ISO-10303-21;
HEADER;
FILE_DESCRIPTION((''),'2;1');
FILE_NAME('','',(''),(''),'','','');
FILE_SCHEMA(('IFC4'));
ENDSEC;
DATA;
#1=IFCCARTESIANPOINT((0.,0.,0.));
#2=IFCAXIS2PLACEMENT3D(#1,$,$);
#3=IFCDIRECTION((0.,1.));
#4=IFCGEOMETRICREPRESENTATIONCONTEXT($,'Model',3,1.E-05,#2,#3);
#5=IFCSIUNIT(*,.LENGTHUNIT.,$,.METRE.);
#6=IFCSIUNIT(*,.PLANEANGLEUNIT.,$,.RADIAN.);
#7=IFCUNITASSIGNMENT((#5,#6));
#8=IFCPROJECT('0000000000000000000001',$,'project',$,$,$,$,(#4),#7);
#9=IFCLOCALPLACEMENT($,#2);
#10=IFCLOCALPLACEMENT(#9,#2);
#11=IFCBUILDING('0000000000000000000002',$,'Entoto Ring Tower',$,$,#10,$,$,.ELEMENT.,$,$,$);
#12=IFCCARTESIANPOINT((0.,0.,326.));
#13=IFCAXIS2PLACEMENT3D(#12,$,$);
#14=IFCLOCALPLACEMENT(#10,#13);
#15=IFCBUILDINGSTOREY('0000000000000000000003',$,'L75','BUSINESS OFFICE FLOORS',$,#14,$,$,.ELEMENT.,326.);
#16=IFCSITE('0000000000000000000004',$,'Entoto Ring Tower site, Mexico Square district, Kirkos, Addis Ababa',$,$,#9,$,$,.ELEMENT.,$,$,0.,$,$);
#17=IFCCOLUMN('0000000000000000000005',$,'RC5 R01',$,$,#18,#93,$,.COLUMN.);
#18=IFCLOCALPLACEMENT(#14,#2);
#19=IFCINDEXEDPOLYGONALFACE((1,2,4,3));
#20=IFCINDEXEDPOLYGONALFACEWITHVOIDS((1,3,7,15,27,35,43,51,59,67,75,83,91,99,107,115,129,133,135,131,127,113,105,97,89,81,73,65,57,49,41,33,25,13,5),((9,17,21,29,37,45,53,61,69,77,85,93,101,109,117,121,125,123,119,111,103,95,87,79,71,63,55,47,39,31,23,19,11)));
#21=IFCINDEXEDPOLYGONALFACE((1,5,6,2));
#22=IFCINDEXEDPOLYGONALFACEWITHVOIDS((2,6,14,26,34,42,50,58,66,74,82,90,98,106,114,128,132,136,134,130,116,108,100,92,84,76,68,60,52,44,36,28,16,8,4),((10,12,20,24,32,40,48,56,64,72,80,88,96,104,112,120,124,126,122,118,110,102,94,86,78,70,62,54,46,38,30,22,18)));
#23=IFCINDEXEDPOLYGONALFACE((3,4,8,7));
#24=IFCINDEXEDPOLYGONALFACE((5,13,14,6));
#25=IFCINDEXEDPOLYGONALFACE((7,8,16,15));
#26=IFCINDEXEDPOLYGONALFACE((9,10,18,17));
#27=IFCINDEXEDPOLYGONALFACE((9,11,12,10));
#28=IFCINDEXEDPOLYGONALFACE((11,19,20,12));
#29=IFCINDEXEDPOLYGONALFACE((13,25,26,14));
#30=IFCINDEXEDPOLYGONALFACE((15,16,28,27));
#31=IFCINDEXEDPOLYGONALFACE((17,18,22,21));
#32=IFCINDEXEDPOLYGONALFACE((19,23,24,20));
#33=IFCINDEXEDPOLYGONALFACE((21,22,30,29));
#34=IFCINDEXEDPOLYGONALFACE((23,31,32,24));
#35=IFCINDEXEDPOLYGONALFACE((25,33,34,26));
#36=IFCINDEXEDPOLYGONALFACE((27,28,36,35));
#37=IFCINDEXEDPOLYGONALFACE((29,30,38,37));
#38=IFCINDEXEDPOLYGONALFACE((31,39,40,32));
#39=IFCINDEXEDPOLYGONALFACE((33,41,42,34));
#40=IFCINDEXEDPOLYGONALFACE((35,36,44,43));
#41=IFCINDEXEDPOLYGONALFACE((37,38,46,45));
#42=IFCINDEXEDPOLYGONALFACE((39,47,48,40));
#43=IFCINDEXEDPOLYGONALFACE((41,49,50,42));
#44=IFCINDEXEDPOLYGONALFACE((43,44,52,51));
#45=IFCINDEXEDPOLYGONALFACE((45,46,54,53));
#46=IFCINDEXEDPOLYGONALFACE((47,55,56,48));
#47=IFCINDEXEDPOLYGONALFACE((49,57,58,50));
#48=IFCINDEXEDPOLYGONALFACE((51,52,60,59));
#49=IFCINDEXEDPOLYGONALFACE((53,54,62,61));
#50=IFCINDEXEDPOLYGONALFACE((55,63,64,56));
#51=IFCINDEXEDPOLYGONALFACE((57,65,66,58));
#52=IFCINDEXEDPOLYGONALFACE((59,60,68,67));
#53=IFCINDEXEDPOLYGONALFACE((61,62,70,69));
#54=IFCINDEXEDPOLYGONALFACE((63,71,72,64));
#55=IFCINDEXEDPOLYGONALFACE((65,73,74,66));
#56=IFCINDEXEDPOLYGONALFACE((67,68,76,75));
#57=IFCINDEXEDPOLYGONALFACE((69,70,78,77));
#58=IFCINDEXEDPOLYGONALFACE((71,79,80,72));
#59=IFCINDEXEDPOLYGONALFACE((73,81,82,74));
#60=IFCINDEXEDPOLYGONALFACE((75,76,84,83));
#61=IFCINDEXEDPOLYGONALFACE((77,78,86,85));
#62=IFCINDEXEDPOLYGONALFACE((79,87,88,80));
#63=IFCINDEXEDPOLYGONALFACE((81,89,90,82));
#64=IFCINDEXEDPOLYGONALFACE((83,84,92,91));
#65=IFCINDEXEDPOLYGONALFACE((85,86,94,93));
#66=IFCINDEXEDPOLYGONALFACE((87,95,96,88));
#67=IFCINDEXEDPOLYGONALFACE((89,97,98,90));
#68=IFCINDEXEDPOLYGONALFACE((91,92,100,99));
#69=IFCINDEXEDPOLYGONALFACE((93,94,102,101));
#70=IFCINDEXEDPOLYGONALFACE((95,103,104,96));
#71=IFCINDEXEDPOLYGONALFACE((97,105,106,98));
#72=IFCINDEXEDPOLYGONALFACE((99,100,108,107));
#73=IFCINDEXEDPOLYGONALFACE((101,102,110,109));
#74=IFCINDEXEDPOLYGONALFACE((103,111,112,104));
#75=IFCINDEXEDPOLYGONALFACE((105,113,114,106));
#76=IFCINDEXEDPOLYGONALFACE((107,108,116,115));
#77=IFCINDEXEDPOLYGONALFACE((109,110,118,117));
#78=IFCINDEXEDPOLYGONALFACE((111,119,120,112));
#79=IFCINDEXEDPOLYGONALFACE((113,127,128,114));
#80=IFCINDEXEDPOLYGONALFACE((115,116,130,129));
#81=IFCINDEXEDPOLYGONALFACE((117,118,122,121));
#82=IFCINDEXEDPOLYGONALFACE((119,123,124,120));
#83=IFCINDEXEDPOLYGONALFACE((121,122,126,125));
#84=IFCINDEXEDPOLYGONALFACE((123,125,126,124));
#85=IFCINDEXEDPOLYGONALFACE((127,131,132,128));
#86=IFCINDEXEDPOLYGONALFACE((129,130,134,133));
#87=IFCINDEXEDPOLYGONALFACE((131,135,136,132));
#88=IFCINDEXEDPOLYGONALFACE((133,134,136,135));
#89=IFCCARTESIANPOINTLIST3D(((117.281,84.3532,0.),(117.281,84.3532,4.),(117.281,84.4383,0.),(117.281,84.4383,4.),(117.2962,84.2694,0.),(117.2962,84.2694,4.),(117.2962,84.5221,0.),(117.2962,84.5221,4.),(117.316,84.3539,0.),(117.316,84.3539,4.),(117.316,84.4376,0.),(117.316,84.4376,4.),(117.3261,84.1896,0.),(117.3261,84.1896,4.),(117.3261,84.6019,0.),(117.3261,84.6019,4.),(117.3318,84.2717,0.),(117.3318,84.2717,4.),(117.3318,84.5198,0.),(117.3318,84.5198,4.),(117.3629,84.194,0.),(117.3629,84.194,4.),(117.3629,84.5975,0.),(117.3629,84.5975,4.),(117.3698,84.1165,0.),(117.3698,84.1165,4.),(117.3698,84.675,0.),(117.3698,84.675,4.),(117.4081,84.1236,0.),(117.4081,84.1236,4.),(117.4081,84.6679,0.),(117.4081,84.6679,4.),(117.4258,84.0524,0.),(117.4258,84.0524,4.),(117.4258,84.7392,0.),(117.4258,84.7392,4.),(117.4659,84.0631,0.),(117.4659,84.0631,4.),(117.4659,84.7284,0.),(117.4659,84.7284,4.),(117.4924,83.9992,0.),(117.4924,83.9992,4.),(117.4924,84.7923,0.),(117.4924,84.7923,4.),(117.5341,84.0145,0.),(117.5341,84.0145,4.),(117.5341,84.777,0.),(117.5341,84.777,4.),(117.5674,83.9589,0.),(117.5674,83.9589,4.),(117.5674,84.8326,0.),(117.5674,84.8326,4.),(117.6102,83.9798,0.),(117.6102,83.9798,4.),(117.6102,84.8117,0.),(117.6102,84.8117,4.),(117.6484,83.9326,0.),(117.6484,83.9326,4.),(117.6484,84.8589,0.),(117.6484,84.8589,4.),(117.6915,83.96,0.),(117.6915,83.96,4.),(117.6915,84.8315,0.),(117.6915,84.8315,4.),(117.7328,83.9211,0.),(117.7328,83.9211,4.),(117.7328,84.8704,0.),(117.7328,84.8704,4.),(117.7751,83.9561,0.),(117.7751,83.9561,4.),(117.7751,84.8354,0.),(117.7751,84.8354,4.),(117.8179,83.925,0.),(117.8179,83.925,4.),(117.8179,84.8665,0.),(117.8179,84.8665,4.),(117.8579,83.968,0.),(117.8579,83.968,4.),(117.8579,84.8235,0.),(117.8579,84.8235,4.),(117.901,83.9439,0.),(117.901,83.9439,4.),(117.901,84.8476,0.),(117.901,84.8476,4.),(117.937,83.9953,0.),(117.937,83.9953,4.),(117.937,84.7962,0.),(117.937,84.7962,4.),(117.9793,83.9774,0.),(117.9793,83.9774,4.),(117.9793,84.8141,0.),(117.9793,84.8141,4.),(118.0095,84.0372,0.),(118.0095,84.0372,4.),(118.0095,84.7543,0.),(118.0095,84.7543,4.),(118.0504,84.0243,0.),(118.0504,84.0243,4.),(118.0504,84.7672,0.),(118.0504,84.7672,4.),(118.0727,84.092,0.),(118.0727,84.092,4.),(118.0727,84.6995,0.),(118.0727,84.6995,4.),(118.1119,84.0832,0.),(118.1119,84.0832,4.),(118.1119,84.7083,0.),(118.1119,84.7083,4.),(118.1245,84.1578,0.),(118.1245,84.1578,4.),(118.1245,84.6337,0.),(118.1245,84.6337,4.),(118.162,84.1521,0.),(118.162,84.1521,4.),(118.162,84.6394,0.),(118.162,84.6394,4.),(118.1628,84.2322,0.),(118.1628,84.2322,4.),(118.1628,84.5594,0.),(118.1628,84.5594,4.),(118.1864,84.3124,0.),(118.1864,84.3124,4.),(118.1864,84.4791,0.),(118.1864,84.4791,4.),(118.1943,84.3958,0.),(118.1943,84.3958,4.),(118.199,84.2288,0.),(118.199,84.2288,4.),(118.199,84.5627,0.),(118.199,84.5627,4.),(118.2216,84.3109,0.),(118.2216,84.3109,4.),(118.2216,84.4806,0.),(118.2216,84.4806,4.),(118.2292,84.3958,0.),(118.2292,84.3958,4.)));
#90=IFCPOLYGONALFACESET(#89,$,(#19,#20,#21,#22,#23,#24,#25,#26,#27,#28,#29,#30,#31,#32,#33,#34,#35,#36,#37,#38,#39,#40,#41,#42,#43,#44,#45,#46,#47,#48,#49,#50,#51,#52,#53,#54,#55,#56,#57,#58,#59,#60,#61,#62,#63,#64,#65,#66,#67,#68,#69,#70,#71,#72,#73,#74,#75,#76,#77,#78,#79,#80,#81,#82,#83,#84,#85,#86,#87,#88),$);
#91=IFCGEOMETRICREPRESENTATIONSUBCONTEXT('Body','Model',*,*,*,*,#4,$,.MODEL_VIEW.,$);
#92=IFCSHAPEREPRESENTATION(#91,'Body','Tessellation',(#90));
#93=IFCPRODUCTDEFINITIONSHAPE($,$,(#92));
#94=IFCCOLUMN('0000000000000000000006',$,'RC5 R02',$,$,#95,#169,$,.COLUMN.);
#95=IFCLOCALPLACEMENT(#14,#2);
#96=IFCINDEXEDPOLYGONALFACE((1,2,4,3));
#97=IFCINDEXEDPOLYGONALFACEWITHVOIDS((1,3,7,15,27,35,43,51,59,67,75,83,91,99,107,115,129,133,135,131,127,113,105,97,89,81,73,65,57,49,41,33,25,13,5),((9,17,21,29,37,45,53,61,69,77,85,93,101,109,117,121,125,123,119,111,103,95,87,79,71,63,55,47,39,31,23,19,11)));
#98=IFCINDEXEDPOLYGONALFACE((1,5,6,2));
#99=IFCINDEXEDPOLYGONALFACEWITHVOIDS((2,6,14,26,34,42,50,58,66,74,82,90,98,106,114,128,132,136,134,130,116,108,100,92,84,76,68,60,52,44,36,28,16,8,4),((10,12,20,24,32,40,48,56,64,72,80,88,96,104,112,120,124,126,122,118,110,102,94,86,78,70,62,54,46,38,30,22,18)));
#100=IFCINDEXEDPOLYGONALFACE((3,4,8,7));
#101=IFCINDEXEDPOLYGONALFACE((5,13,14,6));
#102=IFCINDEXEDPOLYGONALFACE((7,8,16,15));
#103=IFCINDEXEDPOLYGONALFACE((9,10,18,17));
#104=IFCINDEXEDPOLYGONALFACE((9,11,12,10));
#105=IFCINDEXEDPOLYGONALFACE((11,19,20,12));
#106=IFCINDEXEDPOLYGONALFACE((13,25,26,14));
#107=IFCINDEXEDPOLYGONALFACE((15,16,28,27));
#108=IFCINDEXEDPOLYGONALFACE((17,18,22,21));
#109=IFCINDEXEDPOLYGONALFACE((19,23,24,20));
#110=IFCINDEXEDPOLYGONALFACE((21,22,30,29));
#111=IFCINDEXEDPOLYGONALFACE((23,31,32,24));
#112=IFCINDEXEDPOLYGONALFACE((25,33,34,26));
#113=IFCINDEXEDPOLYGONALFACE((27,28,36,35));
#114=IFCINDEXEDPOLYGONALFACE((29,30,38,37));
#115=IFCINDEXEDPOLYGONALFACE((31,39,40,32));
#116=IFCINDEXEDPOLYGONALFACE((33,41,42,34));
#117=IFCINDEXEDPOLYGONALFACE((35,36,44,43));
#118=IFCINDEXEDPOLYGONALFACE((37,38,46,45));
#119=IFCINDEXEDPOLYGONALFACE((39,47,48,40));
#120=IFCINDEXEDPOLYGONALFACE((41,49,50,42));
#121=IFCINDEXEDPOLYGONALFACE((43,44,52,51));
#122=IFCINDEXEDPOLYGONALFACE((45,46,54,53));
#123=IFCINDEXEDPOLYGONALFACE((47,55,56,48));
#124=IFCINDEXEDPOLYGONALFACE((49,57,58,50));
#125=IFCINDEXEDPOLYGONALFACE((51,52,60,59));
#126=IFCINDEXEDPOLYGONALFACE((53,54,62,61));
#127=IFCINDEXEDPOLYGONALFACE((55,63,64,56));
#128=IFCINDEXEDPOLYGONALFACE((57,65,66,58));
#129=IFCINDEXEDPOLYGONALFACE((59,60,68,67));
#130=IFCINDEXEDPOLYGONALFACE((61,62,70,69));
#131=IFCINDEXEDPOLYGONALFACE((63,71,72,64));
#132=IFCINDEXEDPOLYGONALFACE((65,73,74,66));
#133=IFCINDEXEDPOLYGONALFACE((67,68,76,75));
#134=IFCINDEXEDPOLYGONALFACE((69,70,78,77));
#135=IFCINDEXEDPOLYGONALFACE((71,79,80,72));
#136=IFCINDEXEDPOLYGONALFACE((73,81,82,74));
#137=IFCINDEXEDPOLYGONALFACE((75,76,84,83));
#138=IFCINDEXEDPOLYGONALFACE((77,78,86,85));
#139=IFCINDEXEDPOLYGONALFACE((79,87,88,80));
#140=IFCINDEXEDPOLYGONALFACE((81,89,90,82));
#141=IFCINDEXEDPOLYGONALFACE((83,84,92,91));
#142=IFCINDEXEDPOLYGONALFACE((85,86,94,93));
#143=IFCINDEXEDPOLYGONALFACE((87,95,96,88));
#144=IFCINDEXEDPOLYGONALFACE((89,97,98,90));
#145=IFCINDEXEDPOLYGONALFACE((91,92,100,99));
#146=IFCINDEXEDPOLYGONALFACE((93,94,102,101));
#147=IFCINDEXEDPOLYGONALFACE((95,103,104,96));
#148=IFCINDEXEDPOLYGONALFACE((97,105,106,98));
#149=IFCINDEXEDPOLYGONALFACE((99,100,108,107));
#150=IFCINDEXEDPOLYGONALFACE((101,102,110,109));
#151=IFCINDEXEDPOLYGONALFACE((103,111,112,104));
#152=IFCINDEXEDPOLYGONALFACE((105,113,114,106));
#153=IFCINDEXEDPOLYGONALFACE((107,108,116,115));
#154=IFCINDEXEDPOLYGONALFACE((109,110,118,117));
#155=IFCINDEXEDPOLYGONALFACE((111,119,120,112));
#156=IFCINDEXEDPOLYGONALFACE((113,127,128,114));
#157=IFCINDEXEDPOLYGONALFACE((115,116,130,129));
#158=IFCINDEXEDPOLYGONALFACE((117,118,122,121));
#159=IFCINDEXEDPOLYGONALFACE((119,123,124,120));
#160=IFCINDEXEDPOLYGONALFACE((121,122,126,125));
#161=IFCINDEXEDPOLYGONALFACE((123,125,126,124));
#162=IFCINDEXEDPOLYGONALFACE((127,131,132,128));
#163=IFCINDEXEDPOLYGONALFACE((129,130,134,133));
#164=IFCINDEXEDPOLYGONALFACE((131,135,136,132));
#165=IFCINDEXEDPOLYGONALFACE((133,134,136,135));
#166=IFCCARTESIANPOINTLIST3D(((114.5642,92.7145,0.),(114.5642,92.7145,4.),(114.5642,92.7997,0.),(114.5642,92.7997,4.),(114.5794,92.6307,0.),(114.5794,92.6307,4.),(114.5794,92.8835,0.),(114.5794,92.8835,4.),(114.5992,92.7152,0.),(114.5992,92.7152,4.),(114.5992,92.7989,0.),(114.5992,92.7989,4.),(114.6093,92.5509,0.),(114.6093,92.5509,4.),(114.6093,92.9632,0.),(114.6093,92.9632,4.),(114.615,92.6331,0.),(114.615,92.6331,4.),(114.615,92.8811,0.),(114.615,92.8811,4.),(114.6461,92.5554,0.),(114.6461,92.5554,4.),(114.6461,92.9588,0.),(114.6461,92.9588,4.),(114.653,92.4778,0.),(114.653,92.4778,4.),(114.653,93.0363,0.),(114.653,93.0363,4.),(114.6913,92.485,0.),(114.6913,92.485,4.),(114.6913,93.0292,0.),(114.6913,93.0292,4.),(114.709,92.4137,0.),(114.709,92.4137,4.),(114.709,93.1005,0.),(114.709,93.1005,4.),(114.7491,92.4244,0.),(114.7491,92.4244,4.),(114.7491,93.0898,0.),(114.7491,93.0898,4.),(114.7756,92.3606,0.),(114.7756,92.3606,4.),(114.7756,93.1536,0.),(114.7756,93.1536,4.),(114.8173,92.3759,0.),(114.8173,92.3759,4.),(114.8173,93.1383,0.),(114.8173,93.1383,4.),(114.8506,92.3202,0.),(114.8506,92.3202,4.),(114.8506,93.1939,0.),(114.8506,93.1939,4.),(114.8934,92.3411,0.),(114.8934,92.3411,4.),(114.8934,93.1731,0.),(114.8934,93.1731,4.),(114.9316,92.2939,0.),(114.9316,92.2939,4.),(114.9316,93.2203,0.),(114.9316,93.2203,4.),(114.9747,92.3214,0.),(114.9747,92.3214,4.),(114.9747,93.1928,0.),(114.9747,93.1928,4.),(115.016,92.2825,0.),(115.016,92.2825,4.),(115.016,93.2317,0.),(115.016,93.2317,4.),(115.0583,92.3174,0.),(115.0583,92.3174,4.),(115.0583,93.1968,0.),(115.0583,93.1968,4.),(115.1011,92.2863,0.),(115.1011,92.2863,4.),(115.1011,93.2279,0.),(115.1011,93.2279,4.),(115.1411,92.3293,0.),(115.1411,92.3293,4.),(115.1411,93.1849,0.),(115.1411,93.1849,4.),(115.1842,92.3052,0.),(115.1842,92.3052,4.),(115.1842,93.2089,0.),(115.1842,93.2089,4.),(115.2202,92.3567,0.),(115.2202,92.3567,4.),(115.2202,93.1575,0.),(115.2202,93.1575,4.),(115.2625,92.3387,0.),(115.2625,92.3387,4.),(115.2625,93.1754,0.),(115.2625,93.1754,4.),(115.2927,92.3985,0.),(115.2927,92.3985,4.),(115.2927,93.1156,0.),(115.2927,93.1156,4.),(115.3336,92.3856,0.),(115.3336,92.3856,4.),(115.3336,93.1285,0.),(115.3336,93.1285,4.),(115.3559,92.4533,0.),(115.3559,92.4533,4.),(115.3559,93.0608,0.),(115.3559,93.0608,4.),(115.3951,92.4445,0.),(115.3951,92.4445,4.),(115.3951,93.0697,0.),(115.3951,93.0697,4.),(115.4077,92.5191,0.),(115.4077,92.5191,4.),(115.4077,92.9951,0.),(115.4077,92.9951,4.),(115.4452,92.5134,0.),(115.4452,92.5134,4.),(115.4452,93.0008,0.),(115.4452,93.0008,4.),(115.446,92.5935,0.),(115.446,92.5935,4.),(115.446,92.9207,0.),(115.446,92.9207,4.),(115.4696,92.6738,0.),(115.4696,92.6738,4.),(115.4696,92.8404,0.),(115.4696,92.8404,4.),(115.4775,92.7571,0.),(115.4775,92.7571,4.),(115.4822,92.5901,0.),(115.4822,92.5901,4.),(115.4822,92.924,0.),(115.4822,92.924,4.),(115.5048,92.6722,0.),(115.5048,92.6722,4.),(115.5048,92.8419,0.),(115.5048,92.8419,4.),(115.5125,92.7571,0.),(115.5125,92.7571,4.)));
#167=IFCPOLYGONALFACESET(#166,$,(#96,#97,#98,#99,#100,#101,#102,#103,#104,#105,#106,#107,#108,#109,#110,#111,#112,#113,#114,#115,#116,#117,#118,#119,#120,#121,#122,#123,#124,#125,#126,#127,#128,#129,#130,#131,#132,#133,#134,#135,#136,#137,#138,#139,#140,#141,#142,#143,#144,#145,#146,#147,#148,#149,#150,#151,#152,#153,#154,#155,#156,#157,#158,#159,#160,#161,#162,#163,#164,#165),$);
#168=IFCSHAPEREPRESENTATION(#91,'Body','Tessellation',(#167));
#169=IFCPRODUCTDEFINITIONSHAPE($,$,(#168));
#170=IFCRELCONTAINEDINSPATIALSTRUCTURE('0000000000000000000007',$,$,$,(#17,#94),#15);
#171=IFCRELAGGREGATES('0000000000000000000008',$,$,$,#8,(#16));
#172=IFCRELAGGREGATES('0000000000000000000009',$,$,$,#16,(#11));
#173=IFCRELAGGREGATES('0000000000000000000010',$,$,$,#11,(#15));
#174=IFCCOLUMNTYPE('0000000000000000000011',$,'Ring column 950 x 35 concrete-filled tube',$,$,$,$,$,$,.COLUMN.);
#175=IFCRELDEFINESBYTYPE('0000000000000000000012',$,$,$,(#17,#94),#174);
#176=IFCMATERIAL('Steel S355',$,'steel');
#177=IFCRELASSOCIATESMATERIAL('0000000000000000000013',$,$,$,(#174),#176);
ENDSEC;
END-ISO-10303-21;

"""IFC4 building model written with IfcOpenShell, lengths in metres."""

from ifc_helpers import new_model, si_unit, direction, frame, origin, origin_2d, place, context, subcontext, project, spatial, circle, hollow_circle, extrude, material, material_profile, profile_set, type_object, element, save


model = new_model("IFC4")

# Units and contexts
model_context = context("Model", 3, precision=1e-05, world=origin(), true_north=direction((0.0, 1.0)))
body_context = subcontext(model_context, "Body", "Model", "MODEL_VIEW")
ifc_project = project(units=[si_unit("LENGTHUNIT", "METRE"), si_unit("PLANEANGLEUNIT", "RADIAN")], contexts=[model_context])

# Site, building, storey
site_placement = place(None, origin())
site = spatial("IfcSite", under=ifc_project, at=site_placement, Name="Entoto Ring Tower site, Mexico Square district, Kirkos, Addis Ababa", CompositionType="ELEMENT", RefElevation=0.0)
building_placement = place(site_placement, origin())
building = spatial("IfcBuilding", under=site, at=building_placement, Name="Entoto Ring Tower", CompositionType="ELEMENT")
storey_placement = place(building_placement, frame((0.0, 0.0, 326.0)))
storey = spatial("IfcBuildingStorey", under=building, at=storey_placement, Name="L75", Description="BUSINESS OFFICE FLOORS", CompositionType="ELEMENT", Elevation=326.0)

# Columns
ifc_material_1 = material(Name="Steel S355", Category="steel")
ifc_material_profile_1 = material_profile(ifc_material_1, hollow_circle(Radius=0.4751, WallThickness=0.0349, at=origin_2d()), Name="CHS 950 x 35")
ifc_material_2 = material(Name="Concrete C60/75", Category="concrete")
ifc_material_profile_2 = material_profile(ifc_material_2, circle(Radius=0.4399, at=origin_2d()), Name="Concrete C60/75 infill")
ifc_profile_set_1 = profile_set([ifc_material_profile_1, ifc_material_profile_2], Name="Steel S355")
column_type = type_object("IfcColumnType", Name="Ring column 950 x 35 concrete-filled tube", PredefinedType="COLUMN", material=ifc_profile_set_1)
for number, where, z_axis, x_axis, name in (
    (1, (117.7542, 84.3958, 0.0), (0.0, 0.0, 1.0), (1.0, 0.0, 0.0), "RC5 R01"),
    (2, (115.0374, 92.7571, 0.0), (0.0, 0.0, 1.0), (1.0, 0.0, 0.0), "RC5 R02"),
):
    element("IfcColumn", number, at=place(storey_placement, frame(where, z_axis=z_axis, x_axis=x_axis)), inside=storey, type_object=column_type, Name=name, PredefinedType="COLUMN", context=body_context, shape_type="SweptSolid", body=[
        extrude(hollow_circle(Radius=0.4751, WallThickness=0.0349, at=origin_2d()), origin(), (0.0, 0.0, 1.0), 4.0),
    ])

save(model, "model.ifc")
